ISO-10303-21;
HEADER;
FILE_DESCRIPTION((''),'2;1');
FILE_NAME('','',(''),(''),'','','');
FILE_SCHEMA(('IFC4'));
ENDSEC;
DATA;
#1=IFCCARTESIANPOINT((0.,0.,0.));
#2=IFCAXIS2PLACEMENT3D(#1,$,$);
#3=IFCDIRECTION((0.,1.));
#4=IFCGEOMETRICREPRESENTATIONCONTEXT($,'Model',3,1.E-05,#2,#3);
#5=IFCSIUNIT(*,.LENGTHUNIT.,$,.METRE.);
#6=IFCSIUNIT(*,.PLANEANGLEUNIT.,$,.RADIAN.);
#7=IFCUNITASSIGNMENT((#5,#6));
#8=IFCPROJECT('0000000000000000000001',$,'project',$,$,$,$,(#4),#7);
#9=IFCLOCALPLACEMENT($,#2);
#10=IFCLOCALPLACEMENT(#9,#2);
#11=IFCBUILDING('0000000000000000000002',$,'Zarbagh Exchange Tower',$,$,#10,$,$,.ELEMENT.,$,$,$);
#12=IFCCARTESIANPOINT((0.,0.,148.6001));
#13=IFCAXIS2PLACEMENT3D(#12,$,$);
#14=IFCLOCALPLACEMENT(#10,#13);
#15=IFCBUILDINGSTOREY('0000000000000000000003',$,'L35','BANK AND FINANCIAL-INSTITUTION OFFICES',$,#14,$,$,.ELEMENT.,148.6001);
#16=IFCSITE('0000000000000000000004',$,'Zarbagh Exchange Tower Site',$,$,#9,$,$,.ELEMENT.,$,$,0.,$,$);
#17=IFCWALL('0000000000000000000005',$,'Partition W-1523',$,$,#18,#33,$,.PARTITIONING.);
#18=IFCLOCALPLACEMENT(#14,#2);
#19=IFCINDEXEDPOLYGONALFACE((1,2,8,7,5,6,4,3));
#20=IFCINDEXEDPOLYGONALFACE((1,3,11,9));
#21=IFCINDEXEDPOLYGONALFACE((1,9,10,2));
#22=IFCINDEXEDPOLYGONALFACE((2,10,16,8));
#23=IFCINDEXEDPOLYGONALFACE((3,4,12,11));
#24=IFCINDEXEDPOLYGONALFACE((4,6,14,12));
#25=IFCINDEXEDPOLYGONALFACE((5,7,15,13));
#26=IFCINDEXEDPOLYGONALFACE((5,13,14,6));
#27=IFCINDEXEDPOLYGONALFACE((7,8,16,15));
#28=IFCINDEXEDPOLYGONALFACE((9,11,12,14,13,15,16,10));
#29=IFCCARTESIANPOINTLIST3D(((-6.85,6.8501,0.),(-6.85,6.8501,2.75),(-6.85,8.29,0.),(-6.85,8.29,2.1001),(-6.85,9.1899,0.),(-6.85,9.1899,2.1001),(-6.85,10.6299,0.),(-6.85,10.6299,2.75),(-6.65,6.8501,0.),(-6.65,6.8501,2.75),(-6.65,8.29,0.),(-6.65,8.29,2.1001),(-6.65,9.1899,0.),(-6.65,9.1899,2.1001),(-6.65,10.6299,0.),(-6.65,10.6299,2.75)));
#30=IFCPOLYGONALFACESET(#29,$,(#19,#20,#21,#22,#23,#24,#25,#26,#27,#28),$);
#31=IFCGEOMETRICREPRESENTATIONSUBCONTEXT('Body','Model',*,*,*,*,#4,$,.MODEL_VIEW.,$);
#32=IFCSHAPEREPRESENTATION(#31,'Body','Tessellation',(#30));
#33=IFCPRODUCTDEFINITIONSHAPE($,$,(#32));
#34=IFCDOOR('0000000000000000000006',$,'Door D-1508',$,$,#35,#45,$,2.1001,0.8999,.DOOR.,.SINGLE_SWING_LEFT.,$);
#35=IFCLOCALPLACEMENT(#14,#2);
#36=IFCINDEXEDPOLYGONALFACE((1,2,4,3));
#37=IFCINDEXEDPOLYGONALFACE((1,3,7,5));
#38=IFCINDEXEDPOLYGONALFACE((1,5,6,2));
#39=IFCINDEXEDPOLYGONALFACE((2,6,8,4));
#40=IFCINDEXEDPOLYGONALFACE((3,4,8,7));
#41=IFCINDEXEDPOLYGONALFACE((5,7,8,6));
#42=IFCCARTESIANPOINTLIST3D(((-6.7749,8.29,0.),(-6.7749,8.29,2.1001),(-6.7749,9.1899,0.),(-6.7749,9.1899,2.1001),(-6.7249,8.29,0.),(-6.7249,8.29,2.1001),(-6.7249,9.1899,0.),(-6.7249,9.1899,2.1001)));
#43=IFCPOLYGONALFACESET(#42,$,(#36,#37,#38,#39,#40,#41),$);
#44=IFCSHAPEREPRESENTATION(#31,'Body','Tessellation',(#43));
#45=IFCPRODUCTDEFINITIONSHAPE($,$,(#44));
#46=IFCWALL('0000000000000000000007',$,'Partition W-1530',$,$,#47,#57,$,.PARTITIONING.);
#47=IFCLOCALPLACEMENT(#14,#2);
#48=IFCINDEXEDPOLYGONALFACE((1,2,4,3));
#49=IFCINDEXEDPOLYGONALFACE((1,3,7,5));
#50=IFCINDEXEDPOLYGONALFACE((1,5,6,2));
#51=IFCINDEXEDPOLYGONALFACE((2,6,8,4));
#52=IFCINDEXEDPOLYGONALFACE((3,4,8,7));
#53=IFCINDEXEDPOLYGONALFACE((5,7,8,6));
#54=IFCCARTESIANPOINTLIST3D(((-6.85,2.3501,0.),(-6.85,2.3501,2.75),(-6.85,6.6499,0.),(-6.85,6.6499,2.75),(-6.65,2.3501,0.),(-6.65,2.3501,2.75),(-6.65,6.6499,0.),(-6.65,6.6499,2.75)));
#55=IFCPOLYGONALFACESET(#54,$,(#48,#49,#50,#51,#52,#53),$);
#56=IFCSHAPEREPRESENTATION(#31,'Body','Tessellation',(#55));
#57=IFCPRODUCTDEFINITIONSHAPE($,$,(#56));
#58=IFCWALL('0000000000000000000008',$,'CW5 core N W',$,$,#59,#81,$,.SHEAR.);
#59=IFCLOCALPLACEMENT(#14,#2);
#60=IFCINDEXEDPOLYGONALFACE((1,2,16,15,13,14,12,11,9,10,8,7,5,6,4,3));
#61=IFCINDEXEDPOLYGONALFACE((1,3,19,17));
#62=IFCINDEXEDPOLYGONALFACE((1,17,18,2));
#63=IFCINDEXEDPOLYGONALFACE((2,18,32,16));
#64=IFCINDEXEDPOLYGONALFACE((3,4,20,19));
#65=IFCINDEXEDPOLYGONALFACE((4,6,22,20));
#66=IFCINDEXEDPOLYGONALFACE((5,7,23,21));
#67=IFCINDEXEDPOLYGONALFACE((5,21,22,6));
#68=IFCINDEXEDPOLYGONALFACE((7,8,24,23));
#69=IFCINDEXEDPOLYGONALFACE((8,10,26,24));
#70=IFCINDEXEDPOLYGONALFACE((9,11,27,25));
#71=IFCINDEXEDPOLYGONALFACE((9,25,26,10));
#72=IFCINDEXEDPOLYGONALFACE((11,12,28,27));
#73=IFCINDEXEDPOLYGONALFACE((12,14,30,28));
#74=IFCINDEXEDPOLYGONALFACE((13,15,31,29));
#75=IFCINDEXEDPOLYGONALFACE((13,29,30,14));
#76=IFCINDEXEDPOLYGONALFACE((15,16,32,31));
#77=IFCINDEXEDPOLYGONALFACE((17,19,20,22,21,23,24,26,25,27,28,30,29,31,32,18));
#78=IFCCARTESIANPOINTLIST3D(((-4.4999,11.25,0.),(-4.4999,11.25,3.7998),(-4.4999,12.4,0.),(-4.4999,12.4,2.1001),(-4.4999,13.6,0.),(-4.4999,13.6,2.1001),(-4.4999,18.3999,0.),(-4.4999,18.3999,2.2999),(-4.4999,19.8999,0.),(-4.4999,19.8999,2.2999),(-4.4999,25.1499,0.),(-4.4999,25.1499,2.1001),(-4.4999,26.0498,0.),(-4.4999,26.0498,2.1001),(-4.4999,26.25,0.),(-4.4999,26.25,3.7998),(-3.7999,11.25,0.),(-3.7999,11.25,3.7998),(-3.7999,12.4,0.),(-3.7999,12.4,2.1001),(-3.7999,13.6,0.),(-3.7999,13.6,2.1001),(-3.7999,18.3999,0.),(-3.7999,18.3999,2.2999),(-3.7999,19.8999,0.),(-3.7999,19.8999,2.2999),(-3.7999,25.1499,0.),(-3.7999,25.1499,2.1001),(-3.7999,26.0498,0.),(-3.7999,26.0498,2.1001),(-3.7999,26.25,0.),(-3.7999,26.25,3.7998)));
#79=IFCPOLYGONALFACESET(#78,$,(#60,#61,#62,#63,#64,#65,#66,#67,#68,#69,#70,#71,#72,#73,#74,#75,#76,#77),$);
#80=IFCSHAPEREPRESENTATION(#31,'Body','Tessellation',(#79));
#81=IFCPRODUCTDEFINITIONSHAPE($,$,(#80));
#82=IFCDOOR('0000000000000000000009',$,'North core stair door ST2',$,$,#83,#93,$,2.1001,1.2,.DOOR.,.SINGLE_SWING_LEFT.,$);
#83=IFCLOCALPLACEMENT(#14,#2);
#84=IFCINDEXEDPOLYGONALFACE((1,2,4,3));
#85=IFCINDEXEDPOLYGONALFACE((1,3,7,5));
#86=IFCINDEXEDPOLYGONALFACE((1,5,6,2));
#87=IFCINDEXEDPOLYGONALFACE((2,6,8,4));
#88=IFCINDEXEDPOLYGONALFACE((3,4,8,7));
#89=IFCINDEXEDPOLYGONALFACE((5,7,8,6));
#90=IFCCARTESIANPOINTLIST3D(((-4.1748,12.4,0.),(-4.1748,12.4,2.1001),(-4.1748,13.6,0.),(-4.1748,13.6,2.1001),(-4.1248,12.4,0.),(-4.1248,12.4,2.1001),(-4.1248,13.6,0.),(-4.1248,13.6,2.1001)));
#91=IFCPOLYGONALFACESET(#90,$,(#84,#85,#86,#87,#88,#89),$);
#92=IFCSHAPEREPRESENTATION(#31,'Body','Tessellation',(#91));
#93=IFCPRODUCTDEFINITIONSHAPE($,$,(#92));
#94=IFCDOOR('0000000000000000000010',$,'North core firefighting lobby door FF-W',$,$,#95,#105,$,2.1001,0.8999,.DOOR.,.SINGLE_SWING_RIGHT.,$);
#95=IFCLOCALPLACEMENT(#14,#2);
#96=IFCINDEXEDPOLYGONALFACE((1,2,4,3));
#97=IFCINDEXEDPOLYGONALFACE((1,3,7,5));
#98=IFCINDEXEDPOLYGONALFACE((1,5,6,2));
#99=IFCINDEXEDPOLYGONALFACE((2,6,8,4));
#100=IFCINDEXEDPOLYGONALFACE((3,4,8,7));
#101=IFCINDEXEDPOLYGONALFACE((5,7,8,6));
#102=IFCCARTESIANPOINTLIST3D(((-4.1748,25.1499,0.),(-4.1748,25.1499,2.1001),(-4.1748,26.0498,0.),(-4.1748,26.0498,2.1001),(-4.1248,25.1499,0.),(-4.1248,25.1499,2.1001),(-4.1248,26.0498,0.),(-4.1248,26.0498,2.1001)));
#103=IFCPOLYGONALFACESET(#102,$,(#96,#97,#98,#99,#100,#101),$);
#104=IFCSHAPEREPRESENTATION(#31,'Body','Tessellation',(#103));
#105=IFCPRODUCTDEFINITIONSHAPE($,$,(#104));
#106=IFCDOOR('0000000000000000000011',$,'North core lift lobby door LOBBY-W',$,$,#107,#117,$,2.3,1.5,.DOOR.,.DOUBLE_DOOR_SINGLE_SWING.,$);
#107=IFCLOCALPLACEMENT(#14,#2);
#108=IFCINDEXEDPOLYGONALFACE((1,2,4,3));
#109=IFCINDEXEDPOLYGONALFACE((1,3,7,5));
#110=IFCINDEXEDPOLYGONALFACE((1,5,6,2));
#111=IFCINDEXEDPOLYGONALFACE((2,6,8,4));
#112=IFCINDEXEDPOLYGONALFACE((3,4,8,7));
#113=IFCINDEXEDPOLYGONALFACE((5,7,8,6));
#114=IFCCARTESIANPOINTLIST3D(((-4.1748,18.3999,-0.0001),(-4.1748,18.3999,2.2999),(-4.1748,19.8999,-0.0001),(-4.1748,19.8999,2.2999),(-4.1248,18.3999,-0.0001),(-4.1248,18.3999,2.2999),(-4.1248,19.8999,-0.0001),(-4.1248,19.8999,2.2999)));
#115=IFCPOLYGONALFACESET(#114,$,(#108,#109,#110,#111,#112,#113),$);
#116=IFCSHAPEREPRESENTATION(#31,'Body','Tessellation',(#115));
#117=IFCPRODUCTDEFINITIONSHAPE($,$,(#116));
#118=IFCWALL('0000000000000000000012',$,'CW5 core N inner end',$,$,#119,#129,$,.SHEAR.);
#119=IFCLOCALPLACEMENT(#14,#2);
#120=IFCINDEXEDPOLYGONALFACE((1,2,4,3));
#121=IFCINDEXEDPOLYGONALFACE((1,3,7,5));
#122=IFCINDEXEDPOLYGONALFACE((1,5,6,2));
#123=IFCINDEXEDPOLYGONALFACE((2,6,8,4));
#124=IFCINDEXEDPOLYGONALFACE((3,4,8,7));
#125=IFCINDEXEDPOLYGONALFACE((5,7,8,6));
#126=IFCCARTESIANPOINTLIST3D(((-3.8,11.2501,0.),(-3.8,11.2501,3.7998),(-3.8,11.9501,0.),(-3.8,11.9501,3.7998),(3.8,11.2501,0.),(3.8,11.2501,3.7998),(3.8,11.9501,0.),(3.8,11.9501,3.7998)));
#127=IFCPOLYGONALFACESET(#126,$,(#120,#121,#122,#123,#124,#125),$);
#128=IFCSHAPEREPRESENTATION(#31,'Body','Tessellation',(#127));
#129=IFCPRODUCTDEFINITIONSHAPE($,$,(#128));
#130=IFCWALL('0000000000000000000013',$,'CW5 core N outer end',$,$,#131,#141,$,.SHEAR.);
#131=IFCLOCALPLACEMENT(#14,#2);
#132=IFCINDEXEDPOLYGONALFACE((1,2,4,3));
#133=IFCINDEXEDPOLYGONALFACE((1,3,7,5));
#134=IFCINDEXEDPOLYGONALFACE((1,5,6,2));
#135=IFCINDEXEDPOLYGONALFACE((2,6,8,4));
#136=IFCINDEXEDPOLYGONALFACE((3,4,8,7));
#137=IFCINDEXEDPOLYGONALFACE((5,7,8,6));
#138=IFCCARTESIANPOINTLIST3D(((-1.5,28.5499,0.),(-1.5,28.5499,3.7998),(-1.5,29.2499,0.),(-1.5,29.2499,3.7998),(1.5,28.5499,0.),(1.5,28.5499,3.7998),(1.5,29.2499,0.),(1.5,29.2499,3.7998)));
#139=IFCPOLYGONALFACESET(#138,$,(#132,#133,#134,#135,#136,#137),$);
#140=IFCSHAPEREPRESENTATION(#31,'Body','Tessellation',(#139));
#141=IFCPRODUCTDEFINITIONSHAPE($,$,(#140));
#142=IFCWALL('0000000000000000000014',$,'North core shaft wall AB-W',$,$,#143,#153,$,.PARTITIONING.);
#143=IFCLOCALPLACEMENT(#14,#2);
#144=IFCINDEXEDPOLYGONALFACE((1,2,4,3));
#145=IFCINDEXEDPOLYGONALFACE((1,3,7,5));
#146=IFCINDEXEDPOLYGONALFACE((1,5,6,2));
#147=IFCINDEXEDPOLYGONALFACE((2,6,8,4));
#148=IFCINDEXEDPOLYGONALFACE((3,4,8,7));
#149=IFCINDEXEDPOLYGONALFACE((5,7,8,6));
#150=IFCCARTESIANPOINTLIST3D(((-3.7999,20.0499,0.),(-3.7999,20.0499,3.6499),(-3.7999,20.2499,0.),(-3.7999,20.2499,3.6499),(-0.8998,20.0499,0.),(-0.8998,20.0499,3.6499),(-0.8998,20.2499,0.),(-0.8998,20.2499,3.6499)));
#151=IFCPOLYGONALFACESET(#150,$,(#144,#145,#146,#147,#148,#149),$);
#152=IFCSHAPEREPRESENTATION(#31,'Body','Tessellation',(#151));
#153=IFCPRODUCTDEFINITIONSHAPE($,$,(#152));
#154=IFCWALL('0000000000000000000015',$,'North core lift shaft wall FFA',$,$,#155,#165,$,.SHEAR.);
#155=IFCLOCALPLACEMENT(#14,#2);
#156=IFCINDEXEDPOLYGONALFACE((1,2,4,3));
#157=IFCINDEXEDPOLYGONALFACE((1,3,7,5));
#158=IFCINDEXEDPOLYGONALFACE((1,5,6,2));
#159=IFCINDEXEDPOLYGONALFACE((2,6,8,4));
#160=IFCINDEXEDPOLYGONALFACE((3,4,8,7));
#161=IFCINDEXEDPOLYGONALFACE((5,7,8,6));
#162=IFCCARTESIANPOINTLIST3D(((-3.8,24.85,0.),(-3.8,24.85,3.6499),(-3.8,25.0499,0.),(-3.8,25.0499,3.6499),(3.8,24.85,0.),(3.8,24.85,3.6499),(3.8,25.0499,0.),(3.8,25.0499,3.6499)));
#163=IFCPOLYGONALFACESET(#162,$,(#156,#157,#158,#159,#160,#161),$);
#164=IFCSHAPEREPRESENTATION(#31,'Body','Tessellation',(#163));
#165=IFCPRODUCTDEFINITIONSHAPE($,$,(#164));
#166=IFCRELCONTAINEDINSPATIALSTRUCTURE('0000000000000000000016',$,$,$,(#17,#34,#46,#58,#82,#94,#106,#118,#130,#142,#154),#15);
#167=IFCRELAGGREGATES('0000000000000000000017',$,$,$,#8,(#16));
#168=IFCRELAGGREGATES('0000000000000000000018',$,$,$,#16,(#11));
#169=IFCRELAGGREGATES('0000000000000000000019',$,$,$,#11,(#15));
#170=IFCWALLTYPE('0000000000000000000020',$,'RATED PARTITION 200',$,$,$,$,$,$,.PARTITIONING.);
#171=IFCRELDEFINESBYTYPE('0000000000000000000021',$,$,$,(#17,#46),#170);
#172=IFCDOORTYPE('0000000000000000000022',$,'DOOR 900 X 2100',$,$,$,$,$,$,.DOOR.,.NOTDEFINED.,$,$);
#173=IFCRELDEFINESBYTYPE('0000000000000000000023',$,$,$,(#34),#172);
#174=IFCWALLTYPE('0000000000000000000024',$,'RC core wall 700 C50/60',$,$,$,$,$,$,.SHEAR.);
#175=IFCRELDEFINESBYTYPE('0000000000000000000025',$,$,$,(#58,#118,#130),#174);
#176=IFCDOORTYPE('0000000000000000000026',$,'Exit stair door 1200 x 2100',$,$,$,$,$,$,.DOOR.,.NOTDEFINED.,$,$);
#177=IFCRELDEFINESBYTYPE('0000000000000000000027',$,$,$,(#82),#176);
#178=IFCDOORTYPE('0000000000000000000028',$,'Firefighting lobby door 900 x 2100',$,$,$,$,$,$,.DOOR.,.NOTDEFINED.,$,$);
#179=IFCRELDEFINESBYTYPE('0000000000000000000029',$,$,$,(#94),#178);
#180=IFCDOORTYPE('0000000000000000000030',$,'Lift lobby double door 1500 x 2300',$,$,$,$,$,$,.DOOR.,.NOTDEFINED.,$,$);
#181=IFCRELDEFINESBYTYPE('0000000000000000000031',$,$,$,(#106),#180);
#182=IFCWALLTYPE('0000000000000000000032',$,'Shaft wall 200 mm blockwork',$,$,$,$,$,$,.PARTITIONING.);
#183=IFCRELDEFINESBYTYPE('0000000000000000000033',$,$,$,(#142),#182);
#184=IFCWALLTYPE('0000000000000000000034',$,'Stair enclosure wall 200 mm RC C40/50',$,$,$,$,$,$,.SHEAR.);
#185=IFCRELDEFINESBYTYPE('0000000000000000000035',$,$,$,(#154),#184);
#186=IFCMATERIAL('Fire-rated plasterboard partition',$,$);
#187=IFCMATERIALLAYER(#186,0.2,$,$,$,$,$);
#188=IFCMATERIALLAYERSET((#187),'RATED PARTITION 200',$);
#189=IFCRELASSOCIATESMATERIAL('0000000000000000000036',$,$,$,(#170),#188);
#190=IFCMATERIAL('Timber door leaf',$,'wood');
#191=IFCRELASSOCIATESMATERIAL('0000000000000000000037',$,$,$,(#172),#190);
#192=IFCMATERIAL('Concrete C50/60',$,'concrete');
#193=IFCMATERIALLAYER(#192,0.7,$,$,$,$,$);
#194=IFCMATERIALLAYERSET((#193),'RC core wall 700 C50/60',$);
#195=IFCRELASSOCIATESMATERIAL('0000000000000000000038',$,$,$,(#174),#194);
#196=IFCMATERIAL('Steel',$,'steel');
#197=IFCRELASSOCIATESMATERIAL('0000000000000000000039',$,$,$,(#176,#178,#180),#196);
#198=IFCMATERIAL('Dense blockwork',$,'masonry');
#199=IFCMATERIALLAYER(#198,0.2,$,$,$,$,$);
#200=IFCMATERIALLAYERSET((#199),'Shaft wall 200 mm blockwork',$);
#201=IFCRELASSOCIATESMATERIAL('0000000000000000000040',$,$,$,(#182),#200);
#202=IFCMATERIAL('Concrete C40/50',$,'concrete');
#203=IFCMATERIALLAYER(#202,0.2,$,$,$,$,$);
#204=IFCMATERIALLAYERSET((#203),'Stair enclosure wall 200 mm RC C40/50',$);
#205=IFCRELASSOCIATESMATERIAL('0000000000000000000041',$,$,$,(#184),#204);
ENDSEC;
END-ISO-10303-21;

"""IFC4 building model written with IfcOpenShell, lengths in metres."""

from ifc_helpers import new_model, si_unit, direction, frame, frame_2d, origin, place, context, subcontext, project, spatial, rectangle, extrude, material, layer, layer_set, type_object, element, fill, save


model = new_model("IFC4")

# Units and contexts
model_context = context("Model", 3, precision=1e-05, world=origin(), true_north=direction((0.0, 1.0)))
body_context = subcontext(model_context, "Body", "Model", "MODEL_VIEW")
ifc_project = project(units=[si_unit("LENGTHUNIT", "METRE"), si_unit("PLANEANGLEUNIT", "RADIAN")], contexts=[model_context])

# Site, building, storey
site_placement = place(None, origin())
site = spatial("IfcSite", under=ifc_project, at=site_placement, Name="Zarbagh Exchange Tower Site", CompositionType="ELEMENT", RefElevation=0.0)
building_placement = place(site_placement, origin())
building = spatial("IfcBuilding", under=site, at=building_placement, Name="Zarbagh Exchange Tower", CompositionType="ELEMENT")
storey_placement = place(building_placement, frame((0.0, 0.0, 148.6001)))
storey = spatial("IfcBuildingStorey", under=building, at=storey_placement, Name="L35", Description="BANK AND FINANCIAL-INSTITUTION OFFICES", CompositionType="ELEMENT", Elevation=148.6001)

# Shared definitions
ifc_material_1 = material(Name="Concrete C50/60", Category="concrete")

# Shared definitions
ifc_material_2 = material(Name="Fire-rated plasterboard partition")
ifc_layer_1 = layer(ifc_material_2, 0.2)
ifc_layer_set_1 = layer_set([ifc_layer_1], Name="RATED PARTITION 200")
wall_type_1 = type_object("IfcWallType", Name="RATED PARTITION 200", PredefinedType="PARTITIONING", material=ifc_layer_set_1)

# Wall, opening, door
wall_1_placement = place(storey_placement, frame((-6.75, 6.8501, 0.0), z_axis=(0.0, 0.0, 1.0), x_axis=(0.0, 1.0, 0.0)))
wall_1 = element("IfcWall", 1, at=wall_1_placement, inside=storey, type_object=wall_type_1, Name="Partition W-1523", PredefinedType="PARTITIONING", context=body_context, shape_type="SweptSolid", body=[
    extrude(rectangle(XDim=3.7798, YDim=0.2, at=frame_2d((1.8899, 0.0))), origin(), (0.0, 0.0, 1.0), 2.75),
])
opening_1_placement = place(wall_1_placement, frame((1.4399, 0.0, 0.0)))
opening_1 = element("IfcOpeningElement", 2, at=opening_1_placement, cuts=wall_1, PredefinedType="OPENING", context=body_context, shape_type="SweptSolid", body=[
    extrude(rectangle(XDim=0.8999, YDim=2.1001, at=frame_2d((0.45, 1.05))), frame((0.0, 0.1099, 0.0), z_axis=(0.0, -1.0, 0.0), x_axis=(1.0, 0.0, 0.0)), (0.0, 0.0, 1.0), 0.22),
])
ifc_material_3 = material(Name="Timber door leaf", Category="wood")
door_type_1 = type_object("IfcDoorType", Name="DOOR 900 X 2100", OperationType="NOTDEFINED", PredefinedType="DOOR", material=ifc_material_3)
door_1_placement = place(opening_1_placement, origin())
door_1 = element("IfcDoor", 3, at=door_1_placement, inside=storey, type_object=door_type_1, Name="Door D-1508", OperationType="SINGLE_SWING_LEFT", OverallHeight=2.1001, OverallWidth=0.8999, PredefinedType="DOOR", context=body_context, shape_type="SweptSolid", body=[
    extrude(rectangle(XDim=0.8999, YDim=2.1001, at=frame_2d((0.45, 1.05))), frame((0.0, 0.0249, 0.0), z_axis=(0.0, -1.0, 0.0), x_axis=(1.0, 0.0, 0.0)), (0.0, 0.0, 1.0), 0.05),
])
fill(opening_1, door_1)

# Wall
wall_2_placement = place(storey_placement, frame((-6.75, 2.3501, 0.0), z_axis=(0.0, 0.0, 1.0), x_axis=(0.0, 1.0, 0.0)))
element("IfcWall", 4, at=wall_2_placement, inside=storey, type_object=wall_type_1, Name="Partition W-1530", PredefinedType="PARTITIONING", context=body_context, shape_type="SweptSolid", body=[
    extrude(rectangle(XDim=4.2998, YDim=0.2, at=frame_2d((2.1499, 0.0))), origin(), (0.0, 0.0, 1.0), 2.75),
])

# Wall, openings, doors
ifc_layer_2 = layer(ifc_material_1, 0.7)
ifc_layer_set_2 = layer_set([ifc_layer_2], Name="RC core wall 700 C50/60")
wall_type_2 = type_object("IfcWallType", Name="RC core wall 700 C50/60", PredefinedType="SHEAR", material=ifc_layer_set_2)
wall_3_placement = place(storey_placement, frame((-4.1499, 11.25, 0.0), z_axis=(0.0, 0.0, 1.0), x_axis=(0.0, 1.0, 0.0)))
wall_3 = element("IfcWall", 5, at=wall_3_placement, inside=storey, type_object=wall_type_2, Name="CW5 core N W", PredefinedType="SHEAR", context=body_context, shape_type="SweptSolid", body=[
    extrude(rectangle(XDim=15.0, YDim=0.7, at=frame_2d((7.5, 0.0))), origin(), (0.0, 0.0, 1.0), 3.7998),
])
opening_2_placement = place(wall_3_placement, frame((7.1499, 0.0, 0.0)))
opening_2 = element("IfcOpeningElement", 6, at=opening_2_placement, cuts=wall_3, PredefinedType="OPENING", context=body_context, shape_type="SweptSolid", body=[
    extrude(rectangle(XDim=1.5, YDim=2.3, at=frame_2d((0.75, 1.1499))), frame((0.0, 0.3599, 0.0), z_axis=(0.0, -1.0, 0.0), x_axis=(1.0, 0.0, 0.0)), (0.0, 0.0, 1.0), 0.72),
])
opening_3_placement = place(wall_3_placement, frame((13.8999, 0.0, 0.0)))
opening_3 = element("IfcOpeningElement", 7, at=opening_3_placement, cuts=wall_3, PredefinedType="OPENING", context=body_context, shape_type="SweptSolid", body=[
    extrude(rectangle(XDim=0.8999, YDim=2.1001, at=frame_2d((0.45, 1.05))), frame((0.0, 0.3599, 0.0), z_axis=(0.0, -1.0, 0.0), x_axis=(1.0, 0.0, 0.0)), (0.0, 0.0, 1.0), 0.72),
])
opening_4_placement = place(wall_3_placement, frame((1.1499, 0.0, 0.0)))
opening_4 = element("IfcOpeningElement", 8, at=opening_4_placement, cuts=wall_3, PredefinedType="OPENING", context=body_context, shape_type="SweptSolid", body=[
    extrude(rectangle(XDim=1.2, YDim=2.1001, at=frame_2d((0.6001, 1.05))), frame((0.0, 0.3599, 0.0), z_axis=(0.0, -1.0, 0.0), x_axis=(1.0, 0.0, 0.0)), (0.0, 0.0, 1.0), 0.72),
])
ifc_material_4 = material(Name="Steel", Category="steel")
door_type_2 = type_object("IfcDoorType", Name="Exit stair door 1200 x 2100", OperationType="NOTDEFINED", PredefinedType="DOOR", material=ifc_material_4)
door_2_placement = place(opening_4_placement, origin())
door_2 = element("IfcDoor", 9, at=door_2_placement, inside=storey, type_object=door_type_2, Name="North core stair door ST2", OperationType="SINGLE_SWING_LEFT", OverallHeight=2.1001, OverallWidth=1.2, PredefinedType="DOOR", context=body_context, shape_type="SweptSolid", body=[
    extrude(rectangle(XDim=1.2, YDim=2.1001, at=frame_2d((0.6001, 1.05))), frame((0.0, 0.0249, 0.0), z_axis=(0.0, -1.0, 0.0), x_axis=(1.0, 0.0, 0.0)), (0.0, 0.0, 1.0), 0.05),
])
fill(opening_4, door_2)
door_type_3 = type_object("IfcDoorType", Name="Firefighting lobby door 900 x 2100", OperationType="NOTDEFINED", PredefinedType="DOOR", material=ifc_material_4)
door_3_placement = place(opening_3_placement, origin())
door_3 = element("IfcDoor", 10, at=door_3_placement, inside=storey, type_object=door_type_3, Name="North core firefighting lobby door FF-W", OperationType="SINGLE_SWING_RIGHT", OverallHeight=2.1001, OverallWidth=0.8999, PredefinedType="DOOR", context=body_context, shape_type="SweptSolid", body=[
    extrude(rectangle(XDim=0.8999, YDim=2.1001, at=frame_2d((0.45, 1.05))), frame((0.0, 0.0249, 0.0), z_axis=(0.0, -1.0, 0.0), x_axis=(1.0, 0.0, 0.0)), (0.0, 0.0, 1.0), 0.05),
])
fill(opening_3, door_3)
door_type_4 = type_object("IfcDoorType", Name="Lift lobby double door 1500 x 2300", OperationType="NOTDEFINED", PredefinedType="DOOR", material=ifc_material_4)
door_4_placement = place(opening_2_placement, origin())
door_4 = element("IfcDoor", 11, at=door_4_placement, inside=storey, type_object=door_type_4, Name="North core lift lobby door LOBBY-W", OperationType="DOUBLE_DOOR_SINGLE_SWING", OverallHeight=2.3, OverallWidth=1.5, PredefinedType="DOOR", context=body_context, shape_type="SweptSolid", body=[
    extrude(rectangle(XDim=1.5, YDim=2.3, at=frame_2d((0.75, 1.1499))), frame((0.0, 0.0249, 0.0), z_axis=(0.0, -1.0, 0.0), x_axis=(1.0, 0.0, 0.0)), (0.0, 0.0, 1.0), 0.05),
])
fill(opening_2, door_4)

# Walls
wall_4_placement = place(storey_placement, frame((-3.8, 11.6001, 0.0), z_axis=(0.0, 0.0, 1.0), x_axis=(1.0, 0.0, 0.0)))
element("IfcWall", 12, at=wall_4_placement, inside=storey, type_object=wall_type_2, Name="CW5 core N inner end", PredefinedType="SHEAR", context=body_context, shape_type="SweptSolid", body=[
    extrude(rectangle(XDim=7.6001, YDim=0.7, at=frame_2d((3.8, 0.0))), origin(), (0.0, 0.0, 1.0), 3.7998),
])
wall_5_placement = place(storey_placement, frame((-1.5, 28.8999, 0.0), z_axis=(0.0, 0.0, 1.0), x_axis=(1.0, 0.0, 0.0)))
element("IfcWall", 13, at=wall_5_placement, inside=storey, type_object=wall_type_2, Name="CW5 core N outer end", PredefinedType="SHEAR", context=body_context, shape_type="SweptSolid", body=[
    extrude(rectangle(XDim=3.0, YDim=0.7, at=frame_2d((1.5, 0.0))), origin(), (0.0, 0.0, 1.0), 3.7998),
])
ifc_material_5 = material(Name="Dense blockwork", Category="masonry")
ifc_layer_3 = layer(ifc_material_5, 0.2)
ifc_layer_set_3 = layer_set([ifc_layer_3], Name="Shaft wall 200 mm blockwork")
wall_type_3 = type_object("IfcWallType", Name="Shaft wall 200 mm blockwork", PredefinedType="PARTITIONING", material=ifc_layer_set_3)
wall_6_placement = place(storey_placement, frame((-3.8, 20.1499, 0.0), z_axis=(0.0, 0.0, 1.0), x_axis=(1.0, 0.0, 0.0)))
element("IfcWall", 14, at=wall_6_placement, inside=storey, type_object=wall_type_3, Name="North core shaft wall AB-W", PredefinedType="PARTITIONING", context=body_context, shape_type="SweptSolid", body=[
    extrude(rectangle(XDim=2.9001, YDim=0.2, at=frame_2d((1.4502, 0.0))), origin(), (0.0, 0.0, 1.0), 3.6499),
])
ifc_material_6 = material(Name="Concrete C40/50", Category="concrete")
ifc_layer_4 = layer(ifc_material_6, 0.2)
ifc_layer_set_4 = layer_set([ifc_layer_4], Name="Stair enclosure wall 200 mm RC C40/50")
wall_type_4 = type_object("IfcWallType", Name="Stair enclosure wall 200 mm RC C40/50", PredefinedType="SHEAR", material=ifc_layer_set_4)
for number, where, z_axis, x_axis, name in (
    (15, (-3.8, 24.95, 0.0), (0.0, 0.0, 1.0), (1.0, 0.0, 0.0), "North core lift shaft wall FFA"),
):
    element("IfcWall", number, at=place(storey_placement, frame(where, z_axis=z_axis, x_axis=x_axis)), inside=storey, type_object=wall_type_4, Name=name, PredefinedType="SHEAR", context=body_context, shape_type="SweptSolid", body=[
        extrude(rectangle(XDim=7.6001, YDim=0.2, at=frame_2d((3.8, 0.0))), origin(), (0.0, 0.0, 1.0), 3.6499),
    ])

save(model, "model.ifc")
